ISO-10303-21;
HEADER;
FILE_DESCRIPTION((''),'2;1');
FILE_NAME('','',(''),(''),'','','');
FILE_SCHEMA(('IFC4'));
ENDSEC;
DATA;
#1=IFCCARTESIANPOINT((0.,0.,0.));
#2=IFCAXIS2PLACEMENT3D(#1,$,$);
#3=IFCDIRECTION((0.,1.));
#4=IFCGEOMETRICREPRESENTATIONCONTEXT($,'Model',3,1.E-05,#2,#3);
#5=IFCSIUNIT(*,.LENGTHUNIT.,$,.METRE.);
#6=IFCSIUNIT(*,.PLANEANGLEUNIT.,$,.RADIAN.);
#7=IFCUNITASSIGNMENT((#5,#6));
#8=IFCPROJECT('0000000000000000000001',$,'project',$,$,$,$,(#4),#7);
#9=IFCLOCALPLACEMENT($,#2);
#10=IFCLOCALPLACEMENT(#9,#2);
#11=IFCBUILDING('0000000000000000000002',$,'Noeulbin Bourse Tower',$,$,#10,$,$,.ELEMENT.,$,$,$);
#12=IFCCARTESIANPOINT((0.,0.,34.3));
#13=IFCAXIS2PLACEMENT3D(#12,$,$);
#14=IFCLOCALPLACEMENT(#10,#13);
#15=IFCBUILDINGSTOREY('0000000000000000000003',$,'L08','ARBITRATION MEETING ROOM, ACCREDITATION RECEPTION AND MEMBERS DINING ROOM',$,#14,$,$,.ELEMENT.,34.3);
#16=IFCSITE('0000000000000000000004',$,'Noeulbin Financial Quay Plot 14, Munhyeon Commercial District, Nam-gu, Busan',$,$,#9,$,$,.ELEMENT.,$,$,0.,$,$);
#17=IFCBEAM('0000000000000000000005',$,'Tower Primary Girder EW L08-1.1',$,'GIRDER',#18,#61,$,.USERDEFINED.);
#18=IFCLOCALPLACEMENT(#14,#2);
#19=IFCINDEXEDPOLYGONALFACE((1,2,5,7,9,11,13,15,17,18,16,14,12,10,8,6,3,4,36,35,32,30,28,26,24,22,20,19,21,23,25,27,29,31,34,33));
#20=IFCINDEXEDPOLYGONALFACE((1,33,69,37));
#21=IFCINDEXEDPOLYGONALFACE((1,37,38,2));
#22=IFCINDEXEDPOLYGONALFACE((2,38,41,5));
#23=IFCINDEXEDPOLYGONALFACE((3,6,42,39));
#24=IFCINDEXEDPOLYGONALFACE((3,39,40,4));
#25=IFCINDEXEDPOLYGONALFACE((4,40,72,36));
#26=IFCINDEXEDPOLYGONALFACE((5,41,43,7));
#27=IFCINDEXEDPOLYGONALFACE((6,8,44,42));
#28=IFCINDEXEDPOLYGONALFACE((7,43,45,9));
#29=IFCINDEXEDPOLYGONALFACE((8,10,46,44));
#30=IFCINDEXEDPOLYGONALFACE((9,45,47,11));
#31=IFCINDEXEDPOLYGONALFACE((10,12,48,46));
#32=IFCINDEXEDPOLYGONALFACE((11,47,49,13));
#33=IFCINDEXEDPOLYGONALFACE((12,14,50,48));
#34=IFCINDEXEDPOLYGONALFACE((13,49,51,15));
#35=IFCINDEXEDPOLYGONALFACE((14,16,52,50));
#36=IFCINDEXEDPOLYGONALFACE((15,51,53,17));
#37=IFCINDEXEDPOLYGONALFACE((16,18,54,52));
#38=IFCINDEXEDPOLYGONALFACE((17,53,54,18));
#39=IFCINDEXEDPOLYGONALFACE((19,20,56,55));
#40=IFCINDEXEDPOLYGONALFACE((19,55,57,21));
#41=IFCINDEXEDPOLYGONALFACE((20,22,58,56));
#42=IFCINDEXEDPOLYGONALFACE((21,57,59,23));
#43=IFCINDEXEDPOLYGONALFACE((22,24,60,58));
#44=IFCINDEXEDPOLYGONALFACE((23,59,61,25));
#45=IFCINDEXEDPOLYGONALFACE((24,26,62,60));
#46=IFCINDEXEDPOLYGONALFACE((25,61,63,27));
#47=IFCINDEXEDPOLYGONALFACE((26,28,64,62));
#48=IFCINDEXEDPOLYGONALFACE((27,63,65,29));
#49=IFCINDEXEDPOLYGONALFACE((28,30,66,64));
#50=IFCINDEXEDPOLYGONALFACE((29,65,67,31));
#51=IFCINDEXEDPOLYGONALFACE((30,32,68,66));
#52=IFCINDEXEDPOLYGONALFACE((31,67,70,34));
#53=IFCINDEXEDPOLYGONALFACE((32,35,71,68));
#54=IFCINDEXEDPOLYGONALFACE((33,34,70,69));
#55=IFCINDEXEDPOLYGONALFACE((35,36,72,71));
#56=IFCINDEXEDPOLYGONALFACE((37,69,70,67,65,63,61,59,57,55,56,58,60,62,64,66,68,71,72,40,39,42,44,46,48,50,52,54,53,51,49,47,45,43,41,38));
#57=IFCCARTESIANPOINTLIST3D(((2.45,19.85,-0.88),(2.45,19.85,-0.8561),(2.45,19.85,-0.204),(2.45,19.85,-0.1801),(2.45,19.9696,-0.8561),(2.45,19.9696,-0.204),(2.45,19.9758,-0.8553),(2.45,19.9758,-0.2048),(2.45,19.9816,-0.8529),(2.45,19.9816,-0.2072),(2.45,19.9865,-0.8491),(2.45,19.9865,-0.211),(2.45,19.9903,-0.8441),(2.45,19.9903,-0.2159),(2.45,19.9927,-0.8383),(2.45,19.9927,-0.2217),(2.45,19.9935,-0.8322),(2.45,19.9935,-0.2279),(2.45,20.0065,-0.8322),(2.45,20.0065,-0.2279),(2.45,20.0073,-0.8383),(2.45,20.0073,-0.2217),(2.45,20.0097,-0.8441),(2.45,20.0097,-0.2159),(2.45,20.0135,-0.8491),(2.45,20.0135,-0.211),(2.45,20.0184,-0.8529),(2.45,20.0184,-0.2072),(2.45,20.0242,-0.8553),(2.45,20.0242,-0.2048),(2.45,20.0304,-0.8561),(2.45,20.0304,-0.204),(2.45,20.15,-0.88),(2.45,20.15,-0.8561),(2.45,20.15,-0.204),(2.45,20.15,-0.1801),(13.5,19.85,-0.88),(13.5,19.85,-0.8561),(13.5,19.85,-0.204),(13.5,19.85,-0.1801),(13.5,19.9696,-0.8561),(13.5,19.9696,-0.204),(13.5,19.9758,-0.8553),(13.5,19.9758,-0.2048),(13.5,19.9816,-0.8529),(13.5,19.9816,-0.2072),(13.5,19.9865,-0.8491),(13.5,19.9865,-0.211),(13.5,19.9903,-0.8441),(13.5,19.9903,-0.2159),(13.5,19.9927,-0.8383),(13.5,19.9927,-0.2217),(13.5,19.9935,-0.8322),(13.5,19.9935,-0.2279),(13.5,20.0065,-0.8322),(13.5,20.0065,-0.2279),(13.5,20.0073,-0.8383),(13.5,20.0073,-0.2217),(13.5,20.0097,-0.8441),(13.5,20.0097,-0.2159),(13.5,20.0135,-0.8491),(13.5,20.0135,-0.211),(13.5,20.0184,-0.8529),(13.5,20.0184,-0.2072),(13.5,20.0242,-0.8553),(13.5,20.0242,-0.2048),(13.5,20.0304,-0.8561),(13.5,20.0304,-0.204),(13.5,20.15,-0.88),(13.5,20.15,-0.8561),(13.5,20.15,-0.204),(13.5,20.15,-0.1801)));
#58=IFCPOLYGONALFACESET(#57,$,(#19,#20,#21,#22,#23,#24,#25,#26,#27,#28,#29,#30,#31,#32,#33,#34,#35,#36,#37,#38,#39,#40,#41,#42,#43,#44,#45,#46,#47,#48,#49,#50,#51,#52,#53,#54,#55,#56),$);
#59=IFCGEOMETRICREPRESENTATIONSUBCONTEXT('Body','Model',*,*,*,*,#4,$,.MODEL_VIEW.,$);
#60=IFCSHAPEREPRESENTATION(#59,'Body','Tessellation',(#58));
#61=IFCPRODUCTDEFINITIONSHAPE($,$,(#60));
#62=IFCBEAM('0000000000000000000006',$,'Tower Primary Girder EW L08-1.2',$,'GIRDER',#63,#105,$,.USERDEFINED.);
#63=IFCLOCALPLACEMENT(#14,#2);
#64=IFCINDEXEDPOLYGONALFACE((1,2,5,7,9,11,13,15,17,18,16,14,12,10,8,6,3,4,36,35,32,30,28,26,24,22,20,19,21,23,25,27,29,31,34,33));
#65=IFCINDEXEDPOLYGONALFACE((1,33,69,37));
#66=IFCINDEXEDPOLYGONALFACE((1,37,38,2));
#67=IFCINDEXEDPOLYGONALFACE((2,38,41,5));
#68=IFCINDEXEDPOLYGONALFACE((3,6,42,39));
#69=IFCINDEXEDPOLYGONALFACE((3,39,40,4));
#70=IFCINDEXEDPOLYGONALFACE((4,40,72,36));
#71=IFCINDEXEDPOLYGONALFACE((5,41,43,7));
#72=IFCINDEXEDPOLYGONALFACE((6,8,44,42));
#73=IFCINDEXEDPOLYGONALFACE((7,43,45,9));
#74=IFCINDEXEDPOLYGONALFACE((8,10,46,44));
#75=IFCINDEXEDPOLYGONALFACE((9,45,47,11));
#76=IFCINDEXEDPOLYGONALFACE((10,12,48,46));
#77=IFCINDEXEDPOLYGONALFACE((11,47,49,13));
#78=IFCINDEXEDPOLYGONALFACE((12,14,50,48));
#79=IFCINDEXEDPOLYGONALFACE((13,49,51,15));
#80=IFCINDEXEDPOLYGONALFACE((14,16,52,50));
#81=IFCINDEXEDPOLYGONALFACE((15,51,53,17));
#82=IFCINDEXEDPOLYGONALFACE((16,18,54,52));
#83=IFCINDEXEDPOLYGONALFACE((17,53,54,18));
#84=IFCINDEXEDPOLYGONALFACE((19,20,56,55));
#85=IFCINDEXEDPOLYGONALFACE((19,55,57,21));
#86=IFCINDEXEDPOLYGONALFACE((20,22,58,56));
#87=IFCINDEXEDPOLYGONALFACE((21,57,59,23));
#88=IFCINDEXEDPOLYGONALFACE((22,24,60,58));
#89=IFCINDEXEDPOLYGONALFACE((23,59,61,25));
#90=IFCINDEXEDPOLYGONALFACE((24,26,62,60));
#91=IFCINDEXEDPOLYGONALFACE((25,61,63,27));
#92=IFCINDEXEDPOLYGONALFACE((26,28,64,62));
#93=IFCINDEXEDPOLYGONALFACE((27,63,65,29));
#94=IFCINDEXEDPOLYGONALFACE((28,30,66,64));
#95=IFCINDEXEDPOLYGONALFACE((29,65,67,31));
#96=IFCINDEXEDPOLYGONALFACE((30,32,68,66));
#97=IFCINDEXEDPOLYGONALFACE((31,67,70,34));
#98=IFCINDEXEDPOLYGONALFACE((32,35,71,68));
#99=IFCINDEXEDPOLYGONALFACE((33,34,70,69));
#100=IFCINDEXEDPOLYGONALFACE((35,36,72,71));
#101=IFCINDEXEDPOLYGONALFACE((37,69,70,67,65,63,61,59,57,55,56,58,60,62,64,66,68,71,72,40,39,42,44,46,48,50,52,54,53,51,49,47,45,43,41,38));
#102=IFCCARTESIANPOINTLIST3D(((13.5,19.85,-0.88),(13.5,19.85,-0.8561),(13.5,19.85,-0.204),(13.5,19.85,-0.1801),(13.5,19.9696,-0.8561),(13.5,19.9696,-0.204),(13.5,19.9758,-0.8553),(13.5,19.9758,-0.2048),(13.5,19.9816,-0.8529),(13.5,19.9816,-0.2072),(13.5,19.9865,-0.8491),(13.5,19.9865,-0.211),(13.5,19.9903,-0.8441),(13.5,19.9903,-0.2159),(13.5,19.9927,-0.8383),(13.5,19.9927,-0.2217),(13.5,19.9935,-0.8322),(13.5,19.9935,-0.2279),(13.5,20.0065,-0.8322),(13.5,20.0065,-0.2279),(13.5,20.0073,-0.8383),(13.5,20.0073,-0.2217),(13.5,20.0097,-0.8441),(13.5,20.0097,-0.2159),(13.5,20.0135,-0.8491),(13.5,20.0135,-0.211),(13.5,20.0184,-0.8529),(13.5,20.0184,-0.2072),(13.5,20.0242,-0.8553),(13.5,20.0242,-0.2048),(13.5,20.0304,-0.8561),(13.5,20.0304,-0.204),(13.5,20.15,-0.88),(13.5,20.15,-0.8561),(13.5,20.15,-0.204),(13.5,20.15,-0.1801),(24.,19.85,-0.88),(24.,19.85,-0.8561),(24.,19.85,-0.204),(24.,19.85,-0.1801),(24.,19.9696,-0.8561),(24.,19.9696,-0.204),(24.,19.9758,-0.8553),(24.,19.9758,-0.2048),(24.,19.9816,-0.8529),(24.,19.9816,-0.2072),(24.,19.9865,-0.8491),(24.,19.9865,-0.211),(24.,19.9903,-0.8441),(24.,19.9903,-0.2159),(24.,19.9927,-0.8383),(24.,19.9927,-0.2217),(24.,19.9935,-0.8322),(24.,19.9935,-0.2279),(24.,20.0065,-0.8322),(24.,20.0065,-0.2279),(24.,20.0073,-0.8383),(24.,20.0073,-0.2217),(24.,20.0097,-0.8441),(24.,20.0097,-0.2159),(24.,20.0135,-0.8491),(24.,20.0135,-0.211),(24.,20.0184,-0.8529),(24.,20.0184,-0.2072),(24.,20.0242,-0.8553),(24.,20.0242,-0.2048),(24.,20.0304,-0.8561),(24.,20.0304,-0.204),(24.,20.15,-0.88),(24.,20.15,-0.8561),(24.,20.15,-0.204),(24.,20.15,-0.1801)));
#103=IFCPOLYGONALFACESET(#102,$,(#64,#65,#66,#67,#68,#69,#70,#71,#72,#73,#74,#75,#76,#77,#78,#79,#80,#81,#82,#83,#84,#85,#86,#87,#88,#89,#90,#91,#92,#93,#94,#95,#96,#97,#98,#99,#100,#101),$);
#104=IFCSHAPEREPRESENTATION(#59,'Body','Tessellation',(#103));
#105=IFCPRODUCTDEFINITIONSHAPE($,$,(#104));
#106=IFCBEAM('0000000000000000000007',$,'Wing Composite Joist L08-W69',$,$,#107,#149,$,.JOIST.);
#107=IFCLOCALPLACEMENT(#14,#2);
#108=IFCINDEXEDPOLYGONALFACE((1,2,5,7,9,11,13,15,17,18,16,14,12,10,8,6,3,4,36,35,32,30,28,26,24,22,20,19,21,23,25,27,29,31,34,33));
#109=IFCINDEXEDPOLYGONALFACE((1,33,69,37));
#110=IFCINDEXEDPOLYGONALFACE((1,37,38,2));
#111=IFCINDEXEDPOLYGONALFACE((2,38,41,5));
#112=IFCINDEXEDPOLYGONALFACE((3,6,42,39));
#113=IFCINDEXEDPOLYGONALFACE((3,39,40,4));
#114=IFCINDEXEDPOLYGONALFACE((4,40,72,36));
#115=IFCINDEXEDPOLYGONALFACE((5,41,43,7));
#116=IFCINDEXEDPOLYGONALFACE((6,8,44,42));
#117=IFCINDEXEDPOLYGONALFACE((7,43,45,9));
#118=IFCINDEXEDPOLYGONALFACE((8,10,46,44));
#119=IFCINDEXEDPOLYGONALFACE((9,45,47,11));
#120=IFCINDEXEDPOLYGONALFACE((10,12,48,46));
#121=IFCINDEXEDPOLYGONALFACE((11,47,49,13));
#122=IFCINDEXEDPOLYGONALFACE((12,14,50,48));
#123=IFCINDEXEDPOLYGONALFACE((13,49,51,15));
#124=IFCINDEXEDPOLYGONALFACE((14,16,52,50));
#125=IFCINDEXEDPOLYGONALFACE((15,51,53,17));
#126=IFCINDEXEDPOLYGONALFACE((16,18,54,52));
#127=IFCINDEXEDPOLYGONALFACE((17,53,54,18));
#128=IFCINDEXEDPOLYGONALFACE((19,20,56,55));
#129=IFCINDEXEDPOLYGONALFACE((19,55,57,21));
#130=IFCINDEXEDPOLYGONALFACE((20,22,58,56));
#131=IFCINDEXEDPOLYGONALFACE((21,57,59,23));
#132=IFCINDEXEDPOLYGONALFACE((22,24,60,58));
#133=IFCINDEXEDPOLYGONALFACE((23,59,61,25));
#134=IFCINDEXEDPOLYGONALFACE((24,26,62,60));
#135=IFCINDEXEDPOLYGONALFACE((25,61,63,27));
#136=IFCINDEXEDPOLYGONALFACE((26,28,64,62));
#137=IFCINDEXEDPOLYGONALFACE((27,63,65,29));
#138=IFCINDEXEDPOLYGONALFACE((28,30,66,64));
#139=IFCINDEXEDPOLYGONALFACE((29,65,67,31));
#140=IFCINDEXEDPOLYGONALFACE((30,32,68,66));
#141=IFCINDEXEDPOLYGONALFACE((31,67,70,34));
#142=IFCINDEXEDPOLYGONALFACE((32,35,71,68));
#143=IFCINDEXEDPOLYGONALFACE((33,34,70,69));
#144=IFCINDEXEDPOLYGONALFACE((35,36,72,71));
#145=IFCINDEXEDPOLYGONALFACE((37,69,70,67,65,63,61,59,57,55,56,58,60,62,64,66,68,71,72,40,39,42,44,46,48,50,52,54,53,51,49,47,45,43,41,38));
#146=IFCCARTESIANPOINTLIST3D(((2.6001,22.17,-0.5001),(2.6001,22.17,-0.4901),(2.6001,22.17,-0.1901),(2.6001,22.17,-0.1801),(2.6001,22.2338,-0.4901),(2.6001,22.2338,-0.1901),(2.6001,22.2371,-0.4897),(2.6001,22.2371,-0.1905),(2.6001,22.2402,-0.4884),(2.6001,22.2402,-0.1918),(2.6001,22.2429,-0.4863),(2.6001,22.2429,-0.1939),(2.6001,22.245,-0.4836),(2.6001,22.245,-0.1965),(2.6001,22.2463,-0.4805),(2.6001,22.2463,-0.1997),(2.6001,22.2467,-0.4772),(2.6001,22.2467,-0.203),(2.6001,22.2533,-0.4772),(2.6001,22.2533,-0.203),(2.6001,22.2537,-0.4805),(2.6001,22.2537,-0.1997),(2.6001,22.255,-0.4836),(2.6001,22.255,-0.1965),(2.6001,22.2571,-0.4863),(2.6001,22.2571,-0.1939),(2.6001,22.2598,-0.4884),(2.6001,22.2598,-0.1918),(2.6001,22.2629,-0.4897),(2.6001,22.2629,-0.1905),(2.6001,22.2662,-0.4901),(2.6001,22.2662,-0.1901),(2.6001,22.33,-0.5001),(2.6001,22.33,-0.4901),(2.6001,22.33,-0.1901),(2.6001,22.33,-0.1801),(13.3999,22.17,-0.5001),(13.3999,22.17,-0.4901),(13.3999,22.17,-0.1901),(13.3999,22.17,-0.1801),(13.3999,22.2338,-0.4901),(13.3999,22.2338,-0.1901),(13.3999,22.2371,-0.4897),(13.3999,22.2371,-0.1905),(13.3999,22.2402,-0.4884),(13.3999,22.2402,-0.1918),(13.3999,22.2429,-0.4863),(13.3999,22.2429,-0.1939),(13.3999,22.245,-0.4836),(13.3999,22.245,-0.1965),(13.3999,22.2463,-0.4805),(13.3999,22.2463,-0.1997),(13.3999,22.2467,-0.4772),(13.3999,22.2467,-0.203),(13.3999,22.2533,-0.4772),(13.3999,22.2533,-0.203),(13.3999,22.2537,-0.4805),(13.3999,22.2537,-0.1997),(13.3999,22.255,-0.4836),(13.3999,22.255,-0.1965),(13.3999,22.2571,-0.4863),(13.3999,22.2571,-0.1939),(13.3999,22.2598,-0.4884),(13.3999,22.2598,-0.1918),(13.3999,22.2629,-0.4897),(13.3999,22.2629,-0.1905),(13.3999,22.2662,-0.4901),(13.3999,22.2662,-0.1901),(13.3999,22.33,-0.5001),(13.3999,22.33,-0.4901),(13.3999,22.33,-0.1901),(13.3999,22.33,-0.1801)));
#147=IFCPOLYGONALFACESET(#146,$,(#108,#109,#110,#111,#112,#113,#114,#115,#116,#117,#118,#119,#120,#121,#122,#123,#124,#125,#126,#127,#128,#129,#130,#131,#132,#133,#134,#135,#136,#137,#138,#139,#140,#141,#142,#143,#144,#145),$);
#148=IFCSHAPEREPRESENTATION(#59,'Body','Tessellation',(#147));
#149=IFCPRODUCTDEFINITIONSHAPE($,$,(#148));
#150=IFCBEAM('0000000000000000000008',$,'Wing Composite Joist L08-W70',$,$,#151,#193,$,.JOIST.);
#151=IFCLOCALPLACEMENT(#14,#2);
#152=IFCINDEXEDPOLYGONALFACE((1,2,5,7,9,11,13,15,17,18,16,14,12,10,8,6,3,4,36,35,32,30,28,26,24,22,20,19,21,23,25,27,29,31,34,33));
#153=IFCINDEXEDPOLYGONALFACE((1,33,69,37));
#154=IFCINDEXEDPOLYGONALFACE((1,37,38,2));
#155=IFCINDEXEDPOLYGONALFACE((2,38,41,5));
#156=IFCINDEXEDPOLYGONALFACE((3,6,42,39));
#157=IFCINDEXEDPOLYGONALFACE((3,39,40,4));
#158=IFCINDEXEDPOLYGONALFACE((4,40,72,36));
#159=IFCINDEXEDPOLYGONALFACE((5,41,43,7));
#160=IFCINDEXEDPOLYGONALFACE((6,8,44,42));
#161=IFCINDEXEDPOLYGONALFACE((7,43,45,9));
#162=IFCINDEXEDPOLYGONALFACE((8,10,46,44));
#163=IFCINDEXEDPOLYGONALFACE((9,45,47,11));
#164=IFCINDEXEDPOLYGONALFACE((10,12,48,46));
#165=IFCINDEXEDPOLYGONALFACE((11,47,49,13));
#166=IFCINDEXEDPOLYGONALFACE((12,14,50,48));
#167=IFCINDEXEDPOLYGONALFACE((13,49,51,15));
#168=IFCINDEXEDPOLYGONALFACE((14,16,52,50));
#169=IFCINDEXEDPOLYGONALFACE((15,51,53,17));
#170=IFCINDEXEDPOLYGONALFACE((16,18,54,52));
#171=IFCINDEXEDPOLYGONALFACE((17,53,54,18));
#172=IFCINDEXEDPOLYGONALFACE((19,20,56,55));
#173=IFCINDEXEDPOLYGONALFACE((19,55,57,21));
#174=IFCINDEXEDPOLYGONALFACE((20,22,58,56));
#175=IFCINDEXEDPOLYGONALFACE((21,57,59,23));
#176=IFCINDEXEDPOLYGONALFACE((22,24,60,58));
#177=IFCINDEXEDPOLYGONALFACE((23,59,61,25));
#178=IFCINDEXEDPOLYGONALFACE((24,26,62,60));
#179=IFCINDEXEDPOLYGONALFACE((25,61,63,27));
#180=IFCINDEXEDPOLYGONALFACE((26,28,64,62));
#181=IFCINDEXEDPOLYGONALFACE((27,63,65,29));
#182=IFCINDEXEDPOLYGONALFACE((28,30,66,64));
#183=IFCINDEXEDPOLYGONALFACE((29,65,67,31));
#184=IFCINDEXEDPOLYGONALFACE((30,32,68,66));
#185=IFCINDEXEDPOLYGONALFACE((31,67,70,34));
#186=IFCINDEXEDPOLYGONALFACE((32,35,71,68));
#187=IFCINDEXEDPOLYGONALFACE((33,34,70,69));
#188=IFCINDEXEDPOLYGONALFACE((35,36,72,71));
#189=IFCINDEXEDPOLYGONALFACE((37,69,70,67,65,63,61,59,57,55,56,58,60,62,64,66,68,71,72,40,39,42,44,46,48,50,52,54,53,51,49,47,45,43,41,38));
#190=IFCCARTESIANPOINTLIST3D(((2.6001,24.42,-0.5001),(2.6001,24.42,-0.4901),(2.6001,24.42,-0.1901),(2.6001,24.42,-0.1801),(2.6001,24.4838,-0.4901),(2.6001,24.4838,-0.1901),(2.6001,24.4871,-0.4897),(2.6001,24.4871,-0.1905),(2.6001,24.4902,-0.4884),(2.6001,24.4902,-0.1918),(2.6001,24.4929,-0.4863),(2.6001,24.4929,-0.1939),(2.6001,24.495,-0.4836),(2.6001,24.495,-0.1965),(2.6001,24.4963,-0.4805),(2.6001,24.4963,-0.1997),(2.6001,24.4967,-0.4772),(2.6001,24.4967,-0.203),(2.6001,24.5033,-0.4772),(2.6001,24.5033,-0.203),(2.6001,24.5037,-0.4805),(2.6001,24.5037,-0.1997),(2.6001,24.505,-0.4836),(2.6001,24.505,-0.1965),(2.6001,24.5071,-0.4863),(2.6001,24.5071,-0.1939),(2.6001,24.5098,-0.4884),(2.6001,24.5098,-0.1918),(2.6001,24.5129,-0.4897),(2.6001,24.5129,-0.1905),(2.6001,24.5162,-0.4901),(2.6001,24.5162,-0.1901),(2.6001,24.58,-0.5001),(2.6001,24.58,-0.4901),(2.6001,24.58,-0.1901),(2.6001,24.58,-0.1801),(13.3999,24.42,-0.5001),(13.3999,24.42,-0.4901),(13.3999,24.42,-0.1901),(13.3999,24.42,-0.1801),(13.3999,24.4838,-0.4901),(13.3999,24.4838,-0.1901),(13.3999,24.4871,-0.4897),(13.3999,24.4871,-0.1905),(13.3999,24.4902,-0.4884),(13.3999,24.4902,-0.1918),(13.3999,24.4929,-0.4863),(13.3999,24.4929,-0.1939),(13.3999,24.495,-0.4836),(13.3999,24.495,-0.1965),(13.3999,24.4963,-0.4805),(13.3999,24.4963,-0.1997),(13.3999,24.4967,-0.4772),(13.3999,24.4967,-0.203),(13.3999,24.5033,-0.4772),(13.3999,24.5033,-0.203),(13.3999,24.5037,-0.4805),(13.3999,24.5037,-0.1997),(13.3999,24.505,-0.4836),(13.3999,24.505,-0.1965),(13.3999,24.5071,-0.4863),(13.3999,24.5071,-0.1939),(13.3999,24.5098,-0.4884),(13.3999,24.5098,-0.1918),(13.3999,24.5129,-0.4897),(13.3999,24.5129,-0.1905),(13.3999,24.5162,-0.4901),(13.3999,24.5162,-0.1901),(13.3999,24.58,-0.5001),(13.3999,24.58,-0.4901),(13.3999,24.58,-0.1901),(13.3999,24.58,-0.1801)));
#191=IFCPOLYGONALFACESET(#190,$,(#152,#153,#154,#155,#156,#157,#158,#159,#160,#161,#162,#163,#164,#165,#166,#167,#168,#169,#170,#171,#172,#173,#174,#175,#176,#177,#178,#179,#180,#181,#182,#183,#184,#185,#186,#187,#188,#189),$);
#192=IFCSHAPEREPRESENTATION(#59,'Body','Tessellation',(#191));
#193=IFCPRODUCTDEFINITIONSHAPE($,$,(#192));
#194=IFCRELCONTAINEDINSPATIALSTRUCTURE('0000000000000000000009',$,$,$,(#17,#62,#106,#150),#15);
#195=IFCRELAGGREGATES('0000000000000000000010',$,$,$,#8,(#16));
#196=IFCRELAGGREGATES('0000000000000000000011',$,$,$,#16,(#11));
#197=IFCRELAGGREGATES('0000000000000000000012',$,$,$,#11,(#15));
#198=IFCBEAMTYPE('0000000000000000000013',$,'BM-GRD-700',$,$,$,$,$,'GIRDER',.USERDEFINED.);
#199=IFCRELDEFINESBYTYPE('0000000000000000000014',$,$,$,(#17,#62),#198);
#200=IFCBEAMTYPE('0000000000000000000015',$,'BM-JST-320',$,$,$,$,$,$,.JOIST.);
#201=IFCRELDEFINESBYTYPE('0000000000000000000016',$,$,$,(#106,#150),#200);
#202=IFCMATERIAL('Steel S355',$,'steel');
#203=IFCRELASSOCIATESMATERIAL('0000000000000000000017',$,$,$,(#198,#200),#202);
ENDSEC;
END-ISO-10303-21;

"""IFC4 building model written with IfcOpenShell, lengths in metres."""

from ifc_helpers import new_model, si_unit, direction, frame, origin, origin_2d, place, context, subcontext, project, spatial, i_section, extrude, material, material_profile, profile_set, type_object, element, save


model = new_model("IFC4")

# Units and contexts
model_context = context("Model", 3, precision=1e-05, world=origin(), true_north=direction((0.0, 1.0)))
body_context = subcontext(model_context, "Body", "Model", "MODEL_VIEW")
ifc_project = project(units=[si_unit("LENGTHUNIT", "METRE"), si_unit("PLANEANGLEUNIT", "RADIAN")], contexts=[model_context])

# Site, building, storey
site_placement = place(None, origin())
site = spatial("IfcSite", under=ifc_project, at=site_placement, Name="Noeulbin Financial Quay Plot 14, Munhyeon Commercial District, Nam-gu, Busan", CompositionType="ELEMENT", RefElevation=0.0)
building_placement = place(site_placement, origin())
building = spatial("IfcBuilding", under=site, at=building_placement, Name="Noeulbin Bourse Tower", CompositionType="ELEMENT")
storey_placement = place(building_placement, frame((0.0, 0.0, 34.3)))
storey = spatial("IfcBuildingStorey", under=building, at=storey_placement, Name="L08", Description="ARBITRATION MEETING ROOM, ACCREDITATION RECEPTION AND MEMBERS DINING ROOM", CompositionType="ELEMENT", Elevation=34.3)

# Beams
ifc_material_1 = material(Name="Steel S355", Category="steel")
ifc_material_profile_1 = material_profile(ifc_material_1, i_section(OverallWidth=0.3, OverallDepth=0.7, WebThickness=0.0129, FlangeThickness=0.0239, FilletRadius=0.0239, at=origin_2d()), Name="H-700x300x13x24", Category="LoadBearing")
ifc_profile_set_1 = profile_set([ifc_material_profile_1], Name="Steel S355")
beam_type_1 = type_object("IfcBeamType", Name="BM-GRD-700", ElementType="GIRDER", PredefinedType="USERDEFINED", material=ifc_profile_set_1)
beam_1_placement = place(storey_placement, frame((2.45, 20.0, -0.53), z_axis=(1.0, 0.0, 0.0), x_axis=(0.0, 1.0, 0.0)))
element("IfcBeam", 1, at=beam_1_placement, inside=storey, type_object=beam_type_1, Name="Tower Primary Girder EW L08-1.1", ObjectType="GIRDER", PredefinedType="USERDEFINED", context=body_context, shape_type="SweptSolid", body=[
    extrude(i_section(OverallWidth=0.3, OverallDepth=0.7, WebThickness=0.0129, FlangeThickness=0.0239, FilletRadius=0.0239, at=origin_2d()), origin(), (0.0, 0.0, 1.0), 11.05),
])
beam_2_placement = place(storey_placement, frame((13.5, 20.0, -0.53), z_axis=(1.0, 0.0, 0.0), x_axis=(0.0, 1.0, 0.0)))
element("IfcBeam", 2, at=beam_2_placement, inside=storey, type_object=beam_type_1, Name="Tower Primary Girder EW L08-1.2", ObjectType="GIRDER", PredefinedType="USERDEFINED", context=body_context, shape_type="SweptSolid", body=[
    extrude(i_section(OverallWidth=0.3, OverallDepth=0.7, WebThickness=0.0129, FlangeThickness=0.0239, FilletRadius=0.0239, at=origin_2d()), origin(), (0.0, 0.0, 1.0), 10.5),
])
ifc_material_profile_2 = material_profile(ifc_material_1, i_section(OverallWidth=0.1599, OverallDepth=0.3201, WebThickness=0.0066, FlangeThickness=0.01, FilletRadius=0.0129, at=origin_2d()), Name="H-320x160x6.5x10", Category="LoadBearing")
ifc_profile_set_2 = profile_set([ifc_material_profile_2], Name="Steel S355")
beam_type_2 = type_object("IfcBeamType", Name="BM-JST-320", PredefinedType="JOIST", material=ifc_profile_set_2)
for number, where, z_axis, x_axis, name in (
    (3, (2.6001, 22.25, -0.3401), (1.0, 0.0, 0.0), (0.0, 1.0, 0.0), "Wing Composite Joist L08-W69"),
    (4, (2.6001, 24.5, -0.3401), (1.0, 0.0, 0.0), (0.0, 1.0, 0.0), "Wing Composite Joist L08-W70"),
):
    element("IfcBeam", number, at=place(storey_placement, frame(where, z_axis=z_axis, x_axis=x_axis)), inside=storey, type_object=beam_type_2, Name=name, PredefinedType="JOIST", context=body_context, shape_type="SweptSolid", body=[
        extrude(i_section(OverallWidth=0.1599, OverallDepth=0.3201, WebThickness=0.0066, FlangeThickness=0.01, FilletRadius=0.0129, at=origin_2d()), origin(), (0.0, 0.0, 1.0), 10.7998),
    ])

save(model, "model.ifc")
